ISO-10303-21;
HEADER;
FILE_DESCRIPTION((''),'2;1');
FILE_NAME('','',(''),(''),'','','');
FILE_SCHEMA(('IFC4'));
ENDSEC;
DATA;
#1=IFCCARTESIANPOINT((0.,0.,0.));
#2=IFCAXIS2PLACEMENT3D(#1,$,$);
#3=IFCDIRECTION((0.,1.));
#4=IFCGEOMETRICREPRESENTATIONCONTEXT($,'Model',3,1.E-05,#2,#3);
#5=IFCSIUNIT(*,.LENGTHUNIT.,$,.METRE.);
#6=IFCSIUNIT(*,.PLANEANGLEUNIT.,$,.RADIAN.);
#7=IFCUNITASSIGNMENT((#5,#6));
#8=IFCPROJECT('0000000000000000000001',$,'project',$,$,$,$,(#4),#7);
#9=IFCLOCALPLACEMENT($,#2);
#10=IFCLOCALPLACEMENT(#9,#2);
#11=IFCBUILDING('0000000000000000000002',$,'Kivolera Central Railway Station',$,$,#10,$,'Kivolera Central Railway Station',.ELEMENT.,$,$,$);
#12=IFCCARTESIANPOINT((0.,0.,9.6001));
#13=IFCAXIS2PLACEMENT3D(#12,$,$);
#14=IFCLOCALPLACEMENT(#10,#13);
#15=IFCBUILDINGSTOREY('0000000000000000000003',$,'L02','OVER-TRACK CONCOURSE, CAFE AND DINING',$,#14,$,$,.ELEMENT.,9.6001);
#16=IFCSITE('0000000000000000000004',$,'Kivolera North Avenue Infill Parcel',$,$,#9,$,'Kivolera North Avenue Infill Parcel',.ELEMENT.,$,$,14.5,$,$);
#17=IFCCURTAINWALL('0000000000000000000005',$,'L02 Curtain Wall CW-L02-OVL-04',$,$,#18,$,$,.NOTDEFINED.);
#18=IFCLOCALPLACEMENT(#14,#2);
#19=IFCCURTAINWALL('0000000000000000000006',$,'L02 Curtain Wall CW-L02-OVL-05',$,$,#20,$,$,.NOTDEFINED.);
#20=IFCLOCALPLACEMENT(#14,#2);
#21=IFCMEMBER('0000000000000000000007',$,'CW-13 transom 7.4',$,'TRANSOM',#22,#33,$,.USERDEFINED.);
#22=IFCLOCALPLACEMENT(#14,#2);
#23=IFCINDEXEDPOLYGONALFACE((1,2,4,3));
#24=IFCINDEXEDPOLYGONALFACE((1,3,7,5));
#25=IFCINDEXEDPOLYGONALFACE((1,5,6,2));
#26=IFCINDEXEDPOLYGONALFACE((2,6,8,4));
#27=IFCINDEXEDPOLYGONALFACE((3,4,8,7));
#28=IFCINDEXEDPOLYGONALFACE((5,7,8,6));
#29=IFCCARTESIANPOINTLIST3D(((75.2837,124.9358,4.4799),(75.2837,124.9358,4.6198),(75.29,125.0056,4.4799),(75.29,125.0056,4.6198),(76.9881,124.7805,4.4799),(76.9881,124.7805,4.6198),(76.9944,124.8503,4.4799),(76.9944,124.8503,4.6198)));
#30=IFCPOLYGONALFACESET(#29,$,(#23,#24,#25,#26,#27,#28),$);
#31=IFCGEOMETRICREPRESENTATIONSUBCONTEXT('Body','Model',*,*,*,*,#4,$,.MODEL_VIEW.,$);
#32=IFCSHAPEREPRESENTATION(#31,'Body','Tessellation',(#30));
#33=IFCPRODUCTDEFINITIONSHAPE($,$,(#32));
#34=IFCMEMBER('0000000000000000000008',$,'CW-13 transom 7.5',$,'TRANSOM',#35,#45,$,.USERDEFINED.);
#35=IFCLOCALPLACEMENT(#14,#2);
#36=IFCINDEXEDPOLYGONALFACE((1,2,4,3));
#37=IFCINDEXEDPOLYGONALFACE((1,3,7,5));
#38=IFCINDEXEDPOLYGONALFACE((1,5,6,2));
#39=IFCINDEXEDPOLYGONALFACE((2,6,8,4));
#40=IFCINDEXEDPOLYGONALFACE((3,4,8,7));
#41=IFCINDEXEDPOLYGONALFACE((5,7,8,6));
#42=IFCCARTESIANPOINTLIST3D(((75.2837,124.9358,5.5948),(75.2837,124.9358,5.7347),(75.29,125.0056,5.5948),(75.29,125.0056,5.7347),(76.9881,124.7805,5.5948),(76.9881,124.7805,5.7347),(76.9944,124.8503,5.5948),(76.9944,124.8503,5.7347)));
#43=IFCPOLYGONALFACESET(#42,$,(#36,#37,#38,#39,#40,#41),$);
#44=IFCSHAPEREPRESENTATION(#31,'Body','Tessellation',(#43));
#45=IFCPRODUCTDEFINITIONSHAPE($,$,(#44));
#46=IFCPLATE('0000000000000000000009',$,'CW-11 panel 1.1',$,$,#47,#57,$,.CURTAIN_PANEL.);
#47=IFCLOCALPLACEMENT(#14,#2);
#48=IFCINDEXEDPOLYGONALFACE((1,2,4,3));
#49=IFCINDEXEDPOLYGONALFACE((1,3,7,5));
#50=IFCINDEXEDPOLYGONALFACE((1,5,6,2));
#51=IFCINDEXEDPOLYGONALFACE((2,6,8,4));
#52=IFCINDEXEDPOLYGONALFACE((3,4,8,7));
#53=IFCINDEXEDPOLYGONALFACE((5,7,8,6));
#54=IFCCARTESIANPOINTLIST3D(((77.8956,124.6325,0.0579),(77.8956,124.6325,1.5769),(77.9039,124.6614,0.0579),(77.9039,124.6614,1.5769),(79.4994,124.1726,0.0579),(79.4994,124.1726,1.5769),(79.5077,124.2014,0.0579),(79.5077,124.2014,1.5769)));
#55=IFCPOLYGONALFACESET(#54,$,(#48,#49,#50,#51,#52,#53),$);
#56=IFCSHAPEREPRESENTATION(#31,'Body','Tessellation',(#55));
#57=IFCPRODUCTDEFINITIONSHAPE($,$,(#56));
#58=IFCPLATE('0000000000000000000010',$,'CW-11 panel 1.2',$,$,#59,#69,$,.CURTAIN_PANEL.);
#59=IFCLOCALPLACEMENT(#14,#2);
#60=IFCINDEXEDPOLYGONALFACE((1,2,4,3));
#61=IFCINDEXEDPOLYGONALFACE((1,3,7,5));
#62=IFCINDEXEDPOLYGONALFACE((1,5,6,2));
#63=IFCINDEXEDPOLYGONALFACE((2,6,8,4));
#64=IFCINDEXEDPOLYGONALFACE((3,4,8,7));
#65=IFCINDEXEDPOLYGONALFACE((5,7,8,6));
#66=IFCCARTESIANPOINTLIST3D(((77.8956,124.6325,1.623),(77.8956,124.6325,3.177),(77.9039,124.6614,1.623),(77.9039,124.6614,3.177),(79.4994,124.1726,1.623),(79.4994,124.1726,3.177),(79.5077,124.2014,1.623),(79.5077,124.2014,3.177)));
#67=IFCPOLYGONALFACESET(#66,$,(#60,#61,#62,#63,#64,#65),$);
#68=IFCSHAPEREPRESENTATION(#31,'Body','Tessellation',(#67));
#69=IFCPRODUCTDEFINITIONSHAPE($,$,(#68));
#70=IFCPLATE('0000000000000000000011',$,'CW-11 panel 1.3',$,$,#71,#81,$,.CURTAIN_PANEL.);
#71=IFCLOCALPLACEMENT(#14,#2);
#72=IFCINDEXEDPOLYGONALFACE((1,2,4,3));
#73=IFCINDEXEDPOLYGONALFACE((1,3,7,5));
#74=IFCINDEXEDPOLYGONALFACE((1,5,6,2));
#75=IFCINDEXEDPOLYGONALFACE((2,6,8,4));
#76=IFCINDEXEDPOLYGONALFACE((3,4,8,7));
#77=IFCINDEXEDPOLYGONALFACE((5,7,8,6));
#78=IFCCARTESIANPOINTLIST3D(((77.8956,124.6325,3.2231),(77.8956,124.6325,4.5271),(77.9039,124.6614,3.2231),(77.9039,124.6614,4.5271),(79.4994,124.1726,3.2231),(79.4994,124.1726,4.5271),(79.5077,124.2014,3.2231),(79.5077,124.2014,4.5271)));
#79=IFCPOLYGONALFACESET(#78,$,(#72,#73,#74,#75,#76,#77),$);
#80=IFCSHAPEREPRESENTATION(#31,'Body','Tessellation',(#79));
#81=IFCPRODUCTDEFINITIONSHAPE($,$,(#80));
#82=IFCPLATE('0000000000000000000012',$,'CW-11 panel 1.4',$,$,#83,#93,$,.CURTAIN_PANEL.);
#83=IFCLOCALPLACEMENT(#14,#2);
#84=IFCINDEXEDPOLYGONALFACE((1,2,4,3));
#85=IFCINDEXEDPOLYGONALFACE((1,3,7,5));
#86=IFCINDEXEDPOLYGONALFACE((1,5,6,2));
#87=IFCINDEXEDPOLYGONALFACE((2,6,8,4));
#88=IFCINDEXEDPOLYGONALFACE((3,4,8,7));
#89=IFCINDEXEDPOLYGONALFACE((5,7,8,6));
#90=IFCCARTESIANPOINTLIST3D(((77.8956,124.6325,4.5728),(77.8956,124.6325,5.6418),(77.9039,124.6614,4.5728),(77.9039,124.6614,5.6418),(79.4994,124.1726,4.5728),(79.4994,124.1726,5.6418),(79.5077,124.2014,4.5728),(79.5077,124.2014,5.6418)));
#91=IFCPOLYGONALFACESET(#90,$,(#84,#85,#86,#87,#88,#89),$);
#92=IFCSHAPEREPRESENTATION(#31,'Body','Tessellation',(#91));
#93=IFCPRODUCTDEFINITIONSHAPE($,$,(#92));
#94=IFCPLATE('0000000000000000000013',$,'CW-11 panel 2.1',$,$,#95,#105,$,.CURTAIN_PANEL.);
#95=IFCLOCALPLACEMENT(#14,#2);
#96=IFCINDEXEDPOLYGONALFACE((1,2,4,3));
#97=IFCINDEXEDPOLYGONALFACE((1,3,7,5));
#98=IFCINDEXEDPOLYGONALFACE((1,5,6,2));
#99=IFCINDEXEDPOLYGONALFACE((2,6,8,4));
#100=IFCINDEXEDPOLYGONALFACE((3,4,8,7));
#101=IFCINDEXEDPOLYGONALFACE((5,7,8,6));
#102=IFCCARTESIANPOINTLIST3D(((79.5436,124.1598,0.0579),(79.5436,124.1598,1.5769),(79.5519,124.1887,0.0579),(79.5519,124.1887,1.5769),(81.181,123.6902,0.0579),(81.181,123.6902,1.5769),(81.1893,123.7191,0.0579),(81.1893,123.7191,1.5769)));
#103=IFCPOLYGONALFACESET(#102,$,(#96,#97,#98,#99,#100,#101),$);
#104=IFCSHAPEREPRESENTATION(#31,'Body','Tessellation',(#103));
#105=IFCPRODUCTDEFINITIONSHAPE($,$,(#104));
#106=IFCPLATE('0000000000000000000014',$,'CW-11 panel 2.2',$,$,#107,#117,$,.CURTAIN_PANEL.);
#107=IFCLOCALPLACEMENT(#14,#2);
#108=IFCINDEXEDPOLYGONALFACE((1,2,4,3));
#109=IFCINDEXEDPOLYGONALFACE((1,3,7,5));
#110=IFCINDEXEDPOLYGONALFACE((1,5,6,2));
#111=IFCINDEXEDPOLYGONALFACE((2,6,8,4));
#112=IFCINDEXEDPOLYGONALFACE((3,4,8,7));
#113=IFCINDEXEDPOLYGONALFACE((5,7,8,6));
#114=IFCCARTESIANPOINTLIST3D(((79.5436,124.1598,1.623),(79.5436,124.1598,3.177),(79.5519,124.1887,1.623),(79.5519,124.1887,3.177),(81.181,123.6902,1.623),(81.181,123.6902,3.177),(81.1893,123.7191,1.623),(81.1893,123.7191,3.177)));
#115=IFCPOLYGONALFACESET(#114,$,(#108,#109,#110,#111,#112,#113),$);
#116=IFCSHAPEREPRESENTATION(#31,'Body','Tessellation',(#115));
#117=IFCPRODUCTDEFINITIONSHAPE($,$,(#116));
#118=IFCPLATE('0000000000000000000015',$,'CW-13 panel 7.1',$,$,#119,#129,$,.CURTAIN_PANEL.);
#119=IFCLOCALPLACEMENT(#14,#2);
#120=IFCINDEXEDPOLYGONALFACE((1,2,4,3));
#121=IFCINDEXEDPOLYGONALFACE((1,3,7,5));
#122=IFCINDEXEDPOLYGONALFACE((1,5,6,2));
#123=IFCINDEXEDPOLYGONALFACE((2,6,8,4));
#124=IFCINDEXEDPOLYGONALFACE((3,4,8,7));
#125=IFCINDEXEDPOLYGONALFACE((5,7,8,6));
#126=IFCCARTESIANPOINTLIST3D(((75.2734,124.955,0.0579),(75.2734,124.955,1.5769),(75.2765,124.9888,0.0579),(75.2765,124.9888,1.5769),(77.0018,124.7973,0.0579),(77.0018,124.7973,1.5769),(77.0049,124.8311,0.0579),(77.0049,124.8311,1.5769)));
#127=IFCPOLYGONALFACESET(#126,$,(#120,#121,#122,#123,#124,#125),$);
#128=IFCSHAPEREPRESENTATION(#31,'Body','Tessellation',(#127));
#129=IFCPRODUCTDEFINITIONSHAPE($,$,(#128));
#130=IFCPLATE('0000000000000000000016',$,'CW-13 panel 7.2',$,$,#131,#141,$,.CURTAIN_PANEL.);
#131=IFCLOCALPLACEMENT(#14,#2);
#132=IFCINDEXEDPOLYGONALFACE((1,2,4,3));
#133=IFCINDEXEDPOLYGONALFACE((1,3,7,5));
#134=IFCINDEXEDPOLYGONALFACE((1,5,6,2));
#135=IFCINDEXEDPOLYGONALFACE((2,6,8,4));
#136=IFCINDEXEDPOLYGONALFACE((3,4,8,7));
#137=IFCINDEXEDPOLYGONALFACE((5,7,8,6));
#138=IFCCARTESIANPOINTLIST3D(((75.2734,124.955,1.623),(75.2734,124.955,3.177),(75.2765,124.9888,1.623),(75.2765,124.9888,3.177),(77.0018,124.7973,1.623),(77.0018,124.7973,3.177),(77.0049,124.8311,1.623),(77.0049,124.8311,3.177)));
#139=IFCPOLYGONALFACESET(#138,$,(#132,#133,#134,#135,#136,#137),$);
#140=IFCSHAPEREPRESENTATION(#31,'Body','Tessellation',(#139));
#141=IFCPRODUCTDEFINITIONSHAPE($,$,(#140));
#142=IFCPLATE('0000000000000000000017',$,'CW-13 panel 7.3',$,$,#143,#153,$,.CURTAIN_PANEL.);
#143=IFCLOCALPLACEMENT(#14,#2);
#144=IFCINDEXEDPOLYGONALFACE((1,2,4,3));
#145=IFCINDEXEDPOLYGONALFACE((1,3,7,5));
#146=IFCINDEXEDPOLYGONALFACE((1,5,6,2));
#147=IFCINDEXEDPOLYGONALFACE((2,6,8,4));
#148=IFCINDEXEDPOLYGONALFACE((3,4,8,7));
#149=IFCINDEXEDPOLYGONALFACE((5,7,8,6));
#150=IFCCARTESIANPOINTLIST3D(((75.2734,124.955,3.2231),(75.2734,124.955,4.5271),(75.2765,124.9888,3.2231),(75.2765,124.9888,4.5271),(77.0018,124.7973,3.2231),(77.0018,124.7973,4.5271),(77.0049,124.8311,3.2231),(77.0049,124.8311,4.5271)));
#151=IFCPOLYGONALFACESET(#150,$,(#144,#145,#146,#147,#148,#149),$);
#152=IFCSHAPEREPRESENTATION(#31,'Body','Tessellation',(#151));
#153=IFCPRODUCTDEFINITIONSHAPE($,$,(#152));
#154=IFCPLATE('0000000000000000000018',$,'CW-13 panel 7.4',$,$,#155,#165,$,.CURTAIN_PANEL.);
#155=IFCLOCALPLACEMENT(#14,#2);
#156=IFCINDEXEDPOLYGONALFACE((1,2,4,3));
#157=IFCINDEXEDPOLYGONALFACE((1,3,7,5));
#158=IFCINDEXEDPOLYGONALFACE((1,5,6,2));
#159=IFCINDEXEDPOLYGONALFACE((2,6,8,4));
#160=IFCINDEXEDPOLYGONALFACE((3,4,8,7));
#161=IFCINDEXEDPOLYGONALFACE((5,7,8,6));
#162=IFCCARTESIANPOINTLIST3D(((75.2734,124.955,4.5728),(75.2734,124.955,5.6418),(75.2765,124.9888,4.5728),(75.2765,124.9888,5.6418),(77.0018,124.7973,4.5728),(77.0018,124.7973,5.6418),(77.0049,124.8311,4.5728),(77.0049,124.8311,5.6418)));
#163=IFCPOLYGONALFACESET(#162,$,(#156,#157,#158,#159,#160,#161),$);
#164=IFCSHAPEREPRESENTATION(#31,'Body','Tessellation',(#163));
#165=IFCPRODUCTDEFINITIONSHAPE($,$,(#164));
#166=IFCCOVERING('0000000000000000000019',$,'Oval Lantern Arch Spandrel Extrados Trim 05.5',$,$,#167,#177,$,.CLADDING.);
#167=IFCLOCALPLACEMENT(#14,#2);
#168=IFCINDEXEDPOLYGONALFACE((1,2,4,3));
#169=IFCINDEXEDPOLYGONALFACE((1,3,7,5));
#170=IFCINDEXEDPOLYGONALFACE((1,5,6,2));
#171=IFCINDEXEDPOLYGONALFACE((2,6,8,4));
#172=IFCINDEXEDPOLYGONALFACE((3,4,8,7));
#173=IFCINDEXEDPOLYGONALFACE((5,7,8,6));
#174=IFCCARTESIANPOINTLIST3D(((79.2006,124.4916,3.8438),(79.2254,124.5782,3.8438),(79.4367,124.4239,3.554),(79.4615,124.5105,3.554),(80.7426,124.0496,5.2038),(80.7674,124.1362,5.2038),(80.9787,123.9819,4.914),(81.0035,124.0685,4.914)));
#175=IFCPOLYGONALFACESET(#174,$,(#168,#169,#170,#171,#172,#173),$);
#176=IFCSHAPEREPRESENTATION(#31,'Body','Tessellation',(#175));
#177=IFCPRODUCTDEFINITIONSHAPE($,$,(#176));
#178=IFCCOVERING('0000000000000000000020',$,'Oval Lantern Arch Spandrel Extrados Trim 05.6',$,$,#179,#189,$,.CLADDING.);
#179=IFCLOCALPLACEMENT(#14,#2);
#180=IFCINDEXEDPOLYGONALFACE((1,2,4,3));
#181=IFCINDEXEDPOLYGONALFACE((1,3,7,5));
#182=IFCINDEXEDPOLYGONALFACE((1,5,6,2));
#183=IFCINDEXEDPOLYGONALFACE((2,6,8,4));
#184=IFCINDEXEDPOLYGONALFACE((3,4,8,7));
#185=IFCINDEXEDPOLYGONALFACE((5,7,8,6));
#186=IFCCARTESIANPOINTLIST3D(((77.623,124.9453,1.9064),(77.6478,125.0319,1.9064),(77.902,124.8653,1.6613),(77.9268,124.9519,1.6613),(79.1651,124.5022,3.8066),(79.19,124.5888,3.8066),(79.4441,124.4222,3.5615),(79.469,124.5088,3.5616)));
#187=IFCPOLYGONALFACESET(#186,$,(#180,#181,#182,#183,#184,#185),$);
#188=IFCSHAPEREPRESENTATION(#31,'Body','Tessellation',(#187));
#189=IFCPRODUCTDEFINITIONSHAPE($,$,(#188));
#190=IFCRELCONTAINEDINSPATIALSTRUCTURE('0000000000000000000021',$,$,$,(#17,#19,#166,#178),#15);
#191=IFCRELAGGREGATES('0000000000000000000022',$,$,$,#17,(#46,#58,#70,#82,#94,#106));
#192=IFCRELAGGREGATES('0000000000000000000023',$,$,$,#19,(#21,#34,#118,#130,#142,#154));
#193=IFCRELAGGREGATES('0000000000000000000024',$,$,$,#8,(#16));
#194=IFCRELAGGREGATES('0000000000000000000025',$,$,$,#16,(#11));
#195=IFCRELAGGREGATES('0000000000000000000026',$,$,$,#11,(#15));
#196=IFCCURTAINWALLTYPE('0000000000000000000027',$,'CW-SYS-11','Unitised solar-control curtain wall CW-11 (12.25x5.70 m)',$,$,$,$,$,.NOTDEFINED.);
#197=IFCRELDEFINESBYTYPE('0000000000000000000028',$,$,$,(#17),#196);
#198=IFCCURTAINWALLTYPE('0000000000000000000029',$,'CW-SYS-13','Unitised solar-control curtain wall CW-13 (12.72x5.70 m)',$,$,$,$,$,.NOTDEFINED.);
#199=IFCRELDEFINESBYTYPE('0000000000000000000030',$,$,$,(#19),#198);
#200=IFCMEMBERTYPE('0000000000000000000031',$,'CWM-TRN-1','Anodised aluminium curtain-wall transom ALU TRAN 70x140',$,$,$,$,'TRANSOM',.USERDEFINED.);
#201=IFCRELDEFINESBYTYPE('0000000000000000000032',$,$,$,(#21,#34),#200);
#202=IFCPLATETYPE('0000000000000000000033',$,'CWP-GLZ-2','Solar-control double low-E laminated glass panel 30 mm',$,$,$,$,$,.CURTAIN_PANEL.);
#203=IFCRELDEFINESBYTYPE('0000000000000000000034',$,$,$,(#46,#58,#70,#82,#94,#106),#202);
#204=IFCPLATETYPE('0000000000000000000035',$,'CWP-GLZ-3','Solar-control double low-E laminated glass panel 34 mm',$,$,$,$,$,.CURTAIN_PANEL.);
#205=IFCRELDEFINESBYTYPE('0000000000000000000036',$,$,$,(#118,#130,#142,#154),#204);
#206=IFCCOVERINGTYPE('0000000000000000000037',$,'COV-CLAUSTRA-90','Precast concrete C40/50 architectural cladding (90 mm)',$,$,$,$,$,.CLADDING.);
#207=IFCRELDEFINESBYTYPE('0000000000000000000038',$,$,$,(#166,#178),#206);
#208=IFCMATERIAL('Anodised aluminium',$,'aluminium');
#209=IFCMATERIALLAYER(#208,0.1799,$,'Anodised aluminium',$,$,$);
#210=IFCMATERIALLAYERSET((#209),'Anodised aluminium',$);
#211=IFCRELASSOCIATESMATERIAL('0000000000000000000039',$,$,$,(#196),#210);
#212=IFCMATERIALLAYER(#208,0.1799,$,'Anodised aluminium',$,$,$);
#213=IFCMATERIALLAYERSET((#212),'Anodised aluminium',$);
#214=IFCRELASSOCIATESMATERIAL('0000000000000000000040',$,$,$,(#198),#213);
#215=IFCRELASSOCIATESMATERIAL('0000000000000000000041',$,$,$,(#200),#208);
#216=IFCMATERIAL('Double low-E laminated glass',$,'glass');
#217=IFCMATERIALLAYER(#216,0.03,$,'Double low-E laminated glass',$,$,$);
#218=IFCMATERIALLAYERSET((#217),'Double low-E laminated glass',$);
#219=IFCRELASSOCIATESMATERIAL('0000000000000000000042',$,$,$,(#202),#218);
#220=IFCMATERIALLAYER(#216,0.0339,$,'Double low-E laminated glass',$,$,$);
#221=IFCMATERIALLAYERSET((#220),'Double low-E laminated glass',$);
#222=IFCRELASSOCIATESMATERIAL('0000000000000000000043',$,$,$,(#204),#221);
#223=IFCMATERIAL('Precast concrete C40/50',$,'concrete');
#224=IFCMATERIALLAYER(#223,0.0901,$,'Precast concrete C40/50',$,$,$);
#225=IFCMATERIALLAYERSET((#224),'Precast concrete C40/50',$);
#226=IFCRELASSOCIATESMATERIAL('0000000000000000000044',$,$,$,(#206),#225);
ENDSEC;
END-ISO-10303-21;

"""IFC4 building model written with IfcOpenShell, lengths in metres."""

from ifc_helpers import new_model, si_unit, direction, frame, origin, origin_2d, place, context, subcontext, project, spatial, rectangle, extrude, material, layer, layer_set, material_profile, profile_set, type_object, element, aggregate, save


model = new_model("IFC4")

# Units and contexts
model_context = context("Model", 3, precision=1e-05, world=origin(), true_north=direction((0.0, 1.0)))
body_context = subcontext(model_context, "Body", "Model", "MODEL_VIEW")
ifc_project = project(units=[si_unit("LENGTHUNIT", "METRE"), si_unit("PLANEANGLEUNIT", "RADIAN")], contexts=[model_context])

# Site, building, storey
site_placement = place(None, origin())
site = spatial("IfcSite", under=ifc_project, at=site_placement, Name="Kivolera North Avenue Infill Parcel", LongName="Kivolera North Avenue Infill Parcel", CompositionType="ELEMENT", RefElevation=14.5)
building_placement = place(site_placement, origin())
building = spatial("IfcBuilding", under=site, at=building_placement, Name="Kivolera Central Railway Station", LongName="Kivolera Central Railway Station", CompositionType="ELEMENT")
storey_placement = place(building_placement, frame((0.0, 0.0, 9.6001)))
storey = spatial("IfcBuildingStorey", under=building, at=storey_placement, Name="L02", Description="OVER-TRACK CONCOURSE, CAFE AND DINING", CompositionType="ELEMENT", Elevation=9.6001)

# Curtain wall
ifc_material_1 = material(Name="Anodised aluminium", Category="aluminium")
ifc_layer_1 = layer(ifc_material_1, 0.1799, Name="Anodised aluminium")
ifc_layer_set_1 = layer_set([ifc_layer_1], Name="Anodised aluminium")
curtain_wall_type_1 = type_object("IfcCurtainWallType", Name="CW-SYS-11", Description="Unitised solar-control curtain wall CW-11 (12.25x5.70 m)", PredefinedType="NOTDEFINED", material=ifc_layer_set_1)
curtain_wall_1_placement = place(storey_placement, origin())
curtain_wall_1 = element("IfcCurtainWall", 1, at=curtain_wall_1_placement, inside=storey, type_object=curtain_wall_type_1, Name="L02 Curtain Wall CW-L02-OVL-04", PredefinedType="NOTDEFINED")

# Curtain wall
ifc_layer_2 = layer(ifc_material_1, 0.1799, Name="Anodised aluminium")
ifc_layer_set_2 = layer_set([ifc_layer_2], Name="Anodised aluminium")
curtain_wall_type_2 = type_object("IfcCurtainWallType", Name="CW-SYS-13", Description="Unitised solar-control curtain wall CW-13 (12.72x5.70 m)", PredefinedType="NOTDEFINED", material=ifc_layer_set_2)
curtain_wall_2_placement = place(storey_placement, origin())
curtain_wall_2 = element("IfcCurtainWall", 2, at=curtain_wall_2_placement, inside=storey, type_object=curtain_wall_type_2, Name="L02 Curtain Wall CW-L02-OVL-05", PredefinedType="NOTDEFINED")

# Members
ifc_material_profile_1 = material_profile(ifc_material_1, rectangle(XDim=0.0701, YDim=0.1399, at=origin_2d()), Name="ALU TRAN 70x140")
ifc_profile_set_1 = profile_set([ifc_material_profile_1], Name="Anodised aluminium")
member_type_1 = type_object("IfcMemberType", Name="CWM-TRN-1", Description="Anodised aluminium curtain-wall transom ALU TRAN 70x140", ElementType="TRANSOM", PredefinedType="USERDEFINED", material=ifc_profile_set_1)
member_1_placement = place(storey_placement, frame((75.2869, 124.9707, 4.5498), z_axis=(0.995876, -0.090729, 0.0), x_axis=(0.090729, 0.995876, 0.0)))
member_1 = element("IfcMember", 3, at=member_1_placement, type_object=member_type_1, Name="CW-13 transom 7.4", ObjectType="TRANSOM", PredefinedType="USERDEFINED", context=body_context, shape_type="SweptSolid", body=[
    extrude(rectangle(XDim=0.0701, YDim=0.1399, at=origin_2d()), origin(), (0.0, 0.0, 1.0), 1.7114),
])
member_2_placement = place(storey_placement, frame((75.2869, 124.9707, 5.6648), z_axis=(0.995876, -0.090729, 0.0), x_axis=(0.090729, 0.995876, 0.0)))
member_2 = element("IfcMember", 4, at=member_2_placement, type_object=member_type_1, Name="CW-13 transom 7.5", ObjectType="TRANSOM", PredefinedType="USERDEFINED", context=body_context, shape_type="SweptSolid", body=[
    extrude(rectangle(XDim=0.0701, YDim=0.1399, at=origin_2d()), origin(), (0.0, 0.0, 1.0), 1.7114),
])

# Plates
ifc_material_2 = material(Name="Double low-E laminated glass", Category="glass")
ifc_layer_3 = layer(ifc_material_2, 0.03, Name="Double low-E laminated glass")
ifc_layer_set_3 = layer_set([ifc_layer_3], Name="Double low-E laminated glass")
plate_type_1 = type_object("IfcPlateType", Name="CWP-GLZ-2", Description="Solar-control double low-E laminated glass panel 30 mm", PredefinedType="CURTAIN_PANEL", material=ifc_layer_set_3)
plate_1_placement = place(storey_placement, frame((78.7017, 124.417, 0.0579), z_axis=(0.0, 0.0, 1.0), x_axis=(0.961246, -0.275692, 0.0)))
plate_1 = element("IfcPlate", 5, at=plate_1_placement, type_object=plate_type_1, Name="CW-11 panel 1.1", PredefinedType="CURTAIN_PANEL", context=body_context, shape_type="SweptSolid", body=[
    extrude(rectangle(XDim=1.6685, YDim=0.03, at=origin_2d()), origin(), (0.0, 0.0, 1.0), 1.519),
])
plate_2_placement = place(storey_placement, frame((78.7017, 124.417, 1.623), z_axis=(0.0, 0.0, 1.0), x_axis=(0.961246, -0.275692, 0.0)))
plate_2 = element("IfcPlate", 6, at=plate_2_placement, type_object=plate_type_1, Name="CW-11 panel 1.2", PredefinedType="CURTAIN_PANEL", context=body_context, shape_type="SweptSolid", body=[
    extrude(rectangle(XDim=1.6685, YDim=0.03, at=origin_2d()), origin(), (0.0, 0.0, 1.0), 1.554),
])
plate_3_placement = place(storey_placement, frame((78.7017, 124.417, 3.2231), z_axis=(0.0, 0.0, 1.0), x_axis=(0.961246, -0.275692, 0.0)))
plate_3 = element("IfcPlate", 7, at=plate_3_placement, type_object=plate_type_1, Name="CW-11 panel 1.3", PredefinedType="CURTAIN_PANEL", context=body_context, shape_type="SweptSolid", body=[
    extrude(rectangle(XDim=1.6685, YDim=0.03, at=origin_2d()), origin(), (0.0, 0.0, 1.0), 1.304),
])
plate_4_placement = place(storey_placement, frame((78.7017, 124.417, 4.5728), z_axis=(0.0, 0.0, 1.0), x_axis=(0.961246, -0.275692, 0.0)))
plate_4 = element("IfcPlate", 8, at=plate_4_placement, type_object=plate_type_1, Name="CW-11 panel 1.4", PredefinedType="CURTAIN_PANEL", context=body_context, shape_type="SweptSolid", body=[
    extrude(rectangle(XDim=1.6685, YDim=0.03, at=origin_2d()), origin(), (0.0, 0.0, 1.0), 1.0691),
])
plate_5_placement = place(storey_placement, frame((80.3665, 123.9395, 0.0579), z_axis=(0.0, 0.0, 1.0), x_axis=(0.961246, -0.275692, 0.0)))
plate_5 = element("IfcPlate", 9, at=plate_5_placement, type_object=plate_type_1, Name="CW-11 panel 2.1", PredefinedType="CURTAIN_PANEL", context=body_context, shape_type="SweptSolid", body=[
    extrude(rectangle(XDim=1.7034, YDim=0.03, at=origin_2d()), origin(), (0.0, 0.0, 1.0), 1.519),
])
plate_6_placement = place(storey_placement, frame((80.3665, 123.9395, 1.623), z_axis=(0.0, 0.0, 1.0), x_axis=(0.961246, -0.275692, 0.0)))
plate_6 = element("IfcPlate", 10, at=plate_6_placement, type_object=plate_type_1, Name="CW-11 panel 2.2", PredefinedType="CURTAIN_PANEL", context=body_context, shape_type="SweptSolid", body=[
    extrude(rectangle(XDim=1.7034, YDim=0.03, at=origin_2d()), origin(), (0.0, 0.0, 1.0), 1.554),
])
aggregate(curtain_wall_1, [plate_1, plate_2, plate_3, plate_4, plate_5, plate_6])
ifc_layer_4 = layer(ifc_material_2, 0.0339, Name="Double low-E laminated glass")
ifc_layer_set_4 = layer_set([ifc_layer_4], Name="Double low-E laminated glass")
plate_type_2 = type_object("IfcPlateType", Name="CWP-GLZ-3", Description="Solar-control double low-E laminated glass panel 34 mm", PredefinedType="CURTAIN_PANEL", material=ifc_layer_set_4)
plate_7_placement = place(storey_placement, frame((76.1392, 124.8931, 0.0579), z_axis=(0.0, 0.0, 1.0), x_axis=(0.995866, -0.090834, 0.0)))
plate_7 = element("IfcPlate", 11, at=plate_7_placement, type_object=plate_type_2, Name="CW-13 panel 7.1", PredefinedType="CURTAIN_PANEL", context=body_context, shape_type="SweptSolid", body=[
    extrude(rectangle(XDim=1.7356, YDim=0.0339, at=origin_2d()), origin(), (0.0, 0.0, 1.0), 1.519),
])
plate_8_placement = place(storey_placement, frame((76.1392, 124.8931, 1.623), z_axis=(0.0, 0.0, 1.0), x_axis=(0.995866, -0.090834, 0.0)))
plate_8 = element("IfcPlate", 12, at=plate_8_placement, type_object=plate_type_2, Name="CW-13 panel 7.2", PredefinedType="CURTAIN_PANEL", context=body_context, shape_type="SweptSolid", body=[
    extrude(rectangle(XDim=1.7356, YDim=0.0339, at=origin_2d()), origin(), (0.0, 0.0, 1.0), 1.554),
])
plate_9_placement = place(storey_placement, frame((76.1392, 124.8931, 3.2231), z_axis=(0.0, 0.0, 1.0), x_axis=(0.995866, -0.090834, 0.0)))
plate_9 = element("IfcPlate", 13, at=plate_9_placement, type_object=plate_type_2, Name="CW-13 panel 7.3", PredefinedType="CURTAIN_PANEL", context=body_context, shape_type="SweptSolid", body=[
    extrude(rectangle(XDim=1.7356, YDim=0.0339, at=origin_2d()), origin(), (0.0, 0.0, 1.0), 1.304),
])
plate_10_placement = place(storey_placement, frame((76.1392, 124.8931, 4.5728), z_axis=(0.0, 0.0, 1.0), x_axis=(0.995866, -0.090834, 0.0)))
plate_10 = element("IfcPlate", 14, at=plate_10_placement, type_object=plate_type_2, Name="CW-13 panel 7.4", PredefinedType="CURTAIN_PANEL", context=body_context, shape_type="SweptSolid", body=[
    extrude(rectangle(XDim=1.7356, YDim=0.0339, at=origin_2d()), origin(), (0.0, 0.0, 1.0), 1.0691),
])
aggregate(curtain_wall_2, [member_1, member_2, plate_7, plate_8, plate_9, plate_10])

# Coverings
ifc_material_3 = material(Name="Precast concrete C40/50", Category="concrete")
ifc_layer_5 = layer(ifc_material_3, 0.0901, Name="Precast concrete C40/50")
ifc_layer_set_5 = layer_set([ifc_layer_5], Name="Precast concrete C40/50")
covering_type = type_object("IfcCoveringType", Name="COV-CLAUSTRA-90", Description="Precast concrete C40/50 architectural cladding (90 mm)", PredefinedType="CLADDING", material=ifc_layer_set_5)
covering_1_placement = place(storey_placement, frame((80.1021, 124.28, 4.3789), z_axis=(-0.733228, 0.210173, -0.646686), x_axis=(0.275632, 0.961263, 0.0)))
element("IfcCovering", 15, at=covering_1_placement, inside=storey, type_object=covering_type, Name="Oval Lantern Arch Spandrel Extrados Trim 05.5", PredefinedType="CLADDING", context=body_context, shape_type="SweptSolid", body=[
    extrude(rectangle(XDim=0.0901, YDim=0.3799, at=origin_2d()), frame((0.0, 0.0, -1.0515)), (0.0, 0.0, 1.0), 2.103),
])
covering_2_placement = place(storey_placement, frame((78.5459, 124.7271, 2.7339), z_axis=(-0.620082, 0.178143, -0.764044), x_axis=(0.275632, 0.961263, 0.0)))
element("IfcCovering", 16, at=covering_2_placement, inside=storey, type_object=covering_type, Name="Oval Lantern Arch Spandrel Extrados Trim 05.6", PredefinedType="CLADDING", context=body_context, shape_type="SweptSolid", body=[
    extrude(rectangle(XDim=0.0901, YDim=0.3799, at=origin_2d()), frame((0.0, 0.0, -1.2437)), (0.0, 0.0, 1.0), 2.4871),
])

save(model, "model.ifc")
